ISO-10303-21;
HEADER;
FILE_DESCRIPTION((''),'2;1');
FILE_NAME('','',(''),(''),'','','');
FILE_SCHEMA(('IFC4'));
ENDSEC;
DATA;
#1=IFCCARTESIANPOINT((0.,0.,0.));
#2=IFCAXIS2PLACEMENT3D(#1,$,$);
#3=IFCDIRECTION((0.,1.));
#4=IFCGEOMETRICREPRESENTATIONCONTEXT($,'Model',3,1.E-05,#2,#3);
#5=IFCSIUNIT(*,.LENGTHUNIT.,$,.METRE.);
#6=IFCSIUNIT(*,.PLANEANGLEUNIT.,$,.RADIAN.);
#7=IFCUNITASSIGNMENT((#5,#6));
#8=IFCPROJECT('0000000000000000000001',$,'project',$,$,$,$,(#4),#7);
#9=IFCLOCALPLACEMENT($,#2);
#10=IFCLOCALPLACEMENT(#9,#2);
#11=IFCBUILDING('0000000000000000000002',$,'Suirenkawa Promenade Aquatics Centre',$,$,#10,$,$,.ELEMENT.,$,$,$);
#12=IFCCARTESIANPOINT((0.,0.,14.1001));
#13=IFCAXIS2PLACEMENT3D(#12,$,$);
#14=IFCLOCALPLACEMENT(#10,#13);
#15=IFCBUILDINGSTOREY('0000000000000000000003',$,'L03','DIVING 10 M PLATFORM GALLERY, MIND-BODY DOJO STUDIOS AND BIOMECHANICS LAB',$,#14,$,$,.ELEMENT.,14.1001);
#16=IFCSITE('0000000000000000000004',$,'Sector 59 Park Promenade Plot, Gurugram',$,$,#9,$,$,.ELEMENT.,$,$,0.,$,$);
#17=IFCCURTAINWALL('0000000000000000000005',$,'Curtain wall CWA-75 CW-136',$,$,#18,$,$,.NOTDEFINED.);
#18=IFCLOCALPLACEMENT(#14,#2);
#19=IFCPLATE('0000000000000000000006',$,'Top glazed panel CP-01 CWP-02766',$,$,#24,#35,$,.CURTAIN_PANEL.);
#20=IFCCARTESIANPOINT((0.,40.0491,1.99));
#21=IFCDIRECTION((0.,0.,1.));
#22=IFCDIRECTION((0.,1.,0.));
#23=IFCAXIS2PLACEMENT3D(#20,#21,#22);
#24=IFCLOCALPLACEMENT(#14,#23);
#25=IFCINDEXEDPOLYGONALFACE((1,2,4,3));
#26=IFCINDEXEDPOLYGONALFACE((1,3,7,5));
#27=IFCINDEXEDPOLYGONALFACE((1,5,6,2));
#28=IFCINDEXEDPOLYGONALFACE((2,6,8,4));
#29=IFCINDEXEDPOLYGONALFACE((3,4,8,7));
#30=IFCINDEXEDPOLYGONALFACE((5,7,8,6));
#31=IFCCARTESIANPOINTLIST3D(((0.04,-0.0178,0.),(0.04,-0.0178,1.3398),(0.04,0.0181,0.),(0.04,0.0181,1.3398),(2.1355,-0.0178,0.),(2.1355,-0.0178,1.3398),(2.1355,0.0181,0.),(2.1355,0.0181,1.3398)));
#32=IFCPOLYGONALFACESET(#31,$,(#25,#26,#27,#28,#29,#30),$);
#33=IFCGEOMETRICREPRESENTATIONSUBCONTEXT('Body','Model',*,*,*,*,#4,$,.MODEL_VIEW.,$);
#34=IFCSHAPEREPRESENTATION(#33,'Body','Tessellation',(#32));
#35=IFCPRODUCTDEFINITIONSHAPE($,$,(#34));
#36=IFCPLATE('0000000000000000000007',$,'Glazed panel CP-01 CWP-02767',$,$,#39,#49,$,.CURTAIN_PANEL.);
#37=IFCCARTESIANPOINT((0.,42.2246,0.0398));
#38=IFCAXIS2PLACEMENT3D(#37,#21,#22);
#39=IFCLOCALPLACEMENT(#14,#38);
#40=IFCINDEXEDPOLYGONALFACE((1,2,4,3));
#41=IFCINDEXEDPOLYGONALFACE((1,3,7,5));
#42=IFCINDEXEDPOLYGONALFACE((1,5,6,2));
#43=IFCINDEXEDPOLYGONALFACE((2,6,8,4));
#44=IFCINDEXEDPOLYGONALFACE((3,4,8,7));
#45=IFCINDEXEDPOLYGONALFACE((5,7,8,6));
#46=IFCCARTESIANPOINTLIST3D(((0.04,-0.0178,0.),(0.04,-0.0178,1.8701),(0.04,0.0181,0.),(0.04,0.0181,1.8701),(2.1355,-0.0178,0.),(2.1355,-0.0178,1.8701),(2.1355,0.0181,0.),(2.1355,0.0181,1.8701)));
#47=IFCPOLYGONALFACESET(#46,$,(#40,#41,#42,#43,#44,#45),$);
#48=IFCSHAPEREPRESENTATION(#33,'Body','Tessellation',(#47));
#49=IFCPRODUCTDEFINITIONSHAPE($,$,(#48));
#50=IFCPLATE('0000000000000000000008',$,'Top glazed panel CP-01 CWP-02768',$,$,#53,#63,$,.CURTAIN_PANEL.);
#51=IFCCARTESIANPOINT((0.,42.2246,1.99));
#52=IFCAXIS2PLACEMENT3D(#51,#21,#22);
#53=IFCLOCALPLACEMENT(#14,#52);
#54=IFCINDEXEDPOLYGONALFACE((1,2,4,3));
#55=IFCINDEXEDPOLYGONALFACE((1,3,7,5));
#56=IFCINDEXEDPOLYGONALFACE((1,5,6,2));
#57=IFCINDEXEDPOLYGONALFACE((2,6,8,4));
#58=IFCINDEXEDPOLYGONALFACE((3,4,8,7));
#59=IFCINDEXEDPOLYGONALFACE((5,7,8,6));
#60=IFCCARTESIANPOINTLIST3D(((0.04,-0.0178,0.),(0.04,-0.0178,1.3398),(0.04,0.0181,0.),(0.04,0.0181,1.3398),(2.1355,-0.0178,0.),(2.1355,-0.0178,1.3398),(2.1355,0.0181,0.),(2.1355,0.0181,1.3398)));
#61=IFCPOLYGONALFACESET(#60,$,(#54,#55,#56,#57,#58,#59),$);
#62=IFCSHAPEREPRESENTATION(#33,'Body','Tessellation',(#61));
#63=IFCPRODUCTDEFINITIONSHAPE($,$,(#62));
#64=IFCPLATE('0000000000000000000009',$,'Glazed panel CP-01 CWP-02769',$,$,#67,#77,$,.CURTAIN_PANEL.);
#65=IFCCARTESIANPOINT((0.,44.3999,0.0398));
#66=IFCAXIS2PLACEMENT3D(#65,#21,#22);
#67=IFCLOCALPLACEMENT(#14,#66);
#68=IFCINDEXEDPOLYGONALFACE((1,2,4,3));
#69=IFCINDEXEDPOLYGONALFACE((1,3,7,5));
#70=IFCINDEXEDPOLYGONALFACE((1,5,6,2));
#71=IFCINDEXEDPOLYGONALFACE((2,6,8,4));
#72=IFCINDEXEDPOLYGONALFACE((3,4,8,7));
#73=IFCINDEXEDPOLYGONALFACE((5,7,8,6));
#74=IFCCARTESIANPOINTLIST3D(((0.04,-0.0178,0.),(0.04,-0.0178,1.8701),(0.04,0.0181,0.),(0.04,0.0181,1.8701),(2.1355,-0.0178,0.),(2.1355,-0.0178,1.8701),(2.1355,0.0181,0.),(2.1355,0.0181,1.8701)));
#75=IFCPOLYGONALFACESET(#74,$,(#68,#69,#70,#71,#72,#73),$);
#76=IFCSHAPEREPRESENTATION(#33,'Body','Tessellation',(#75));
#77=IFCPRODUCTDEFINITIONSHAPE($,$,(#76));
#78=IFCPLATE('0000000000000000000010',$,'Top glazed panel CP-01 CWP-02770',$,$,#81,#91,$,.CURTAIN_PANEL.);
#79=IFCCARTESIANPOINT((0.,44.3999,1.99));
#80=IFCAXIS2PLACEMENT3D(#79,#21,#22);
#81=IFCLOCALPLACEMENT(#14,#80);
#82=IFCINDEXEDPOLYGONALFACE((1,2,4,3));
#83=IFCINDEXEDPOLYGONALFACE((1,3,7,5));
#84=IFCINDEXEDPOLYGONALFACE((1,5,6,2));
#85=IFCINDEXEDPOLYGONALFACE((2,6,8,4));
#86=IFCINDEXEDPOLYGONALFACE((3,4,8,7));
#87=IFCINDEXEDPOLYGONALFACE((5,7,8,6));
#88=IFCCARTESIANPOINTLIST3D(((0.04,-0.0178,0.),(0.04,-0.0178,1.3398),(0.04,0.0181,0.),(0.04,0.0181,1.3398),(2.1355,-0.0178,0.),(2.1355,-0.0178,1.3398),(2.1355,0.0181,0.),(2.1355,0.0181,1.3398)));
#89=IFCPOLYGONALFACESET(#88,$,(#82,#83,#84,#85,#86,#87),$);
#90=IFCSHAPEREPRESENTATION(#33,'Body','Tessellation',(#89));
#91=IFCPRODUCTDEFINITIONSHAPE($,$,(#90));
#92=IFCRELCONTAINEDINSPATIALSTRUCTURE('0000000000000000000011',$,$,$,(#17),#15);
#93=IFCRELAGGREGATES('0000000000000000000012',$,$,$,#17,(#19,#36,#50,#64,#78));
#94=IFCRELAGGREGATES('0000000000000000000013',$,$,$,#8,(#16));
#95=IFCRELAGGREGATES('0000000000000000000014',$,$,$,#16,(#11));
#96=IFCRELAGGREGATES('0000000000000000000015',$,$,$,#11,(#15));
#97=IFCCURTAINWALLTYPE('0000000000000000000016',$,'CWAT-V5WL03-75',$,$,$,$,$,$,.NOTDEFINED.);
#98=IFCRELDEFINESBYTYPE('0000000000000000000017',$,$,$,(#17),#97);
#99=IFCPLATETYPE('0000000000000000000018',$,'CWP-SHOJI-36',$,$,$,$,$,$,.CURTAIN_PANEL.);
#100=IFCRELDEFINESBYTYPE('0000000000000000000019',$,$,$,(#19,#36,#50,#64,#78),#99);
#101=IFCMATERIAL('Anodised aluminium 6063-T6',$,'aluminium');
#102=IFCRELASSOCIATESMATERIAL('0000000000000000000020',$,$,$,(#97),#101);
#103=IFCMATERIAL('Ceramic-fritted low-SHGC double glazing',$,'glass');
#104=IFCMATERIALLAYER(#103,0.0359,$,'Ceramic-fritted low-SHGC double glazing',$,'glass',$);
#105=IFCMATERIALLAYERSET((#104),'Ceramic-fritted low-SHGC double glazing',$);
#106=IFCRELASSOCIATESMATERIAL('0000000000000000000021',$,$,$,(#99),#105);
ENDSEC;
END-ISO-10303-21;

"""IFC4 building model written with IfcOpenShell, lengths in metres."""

from ifc_helpers import new_model, si_unit, direction, frame, origin, place, context, subcontext, project, spatial, polyline, outline, extrude, material, layer, layer_set, type_object, element, aggregate, save


model = new_model("IFC4")

# Units and contexts
model_context = context("Model", 3, precision=1e-05, world=origin(), true_north=direction((0.0, 1.0)))
body_context = subcontext(model_context, "Body", "Model", "MODEL_VIEW")
ifc_project = project(units=[si_unit("LENGTHUNIT", "METRE"), si_unit("PLANEANGLEUNIT", "RADIAN")], contexts=[model_context])

# Site, building, storey
site_placement = place(None, origin())
site = spatial("IfcSite", under=ifc_project, at=site_placement, Name="Sector 59 Park Promenade Plot, Gurugram", CompositionType="ELEMENT", RefElevation=0.0)
building_placement = place(site_placement, origin())
building = spatial("IfcBuilding", under=site, at=building_placement, Name="Suirenkawa Promenade Aquatics Centre", CompositionType="ELEMENT")
storey_placement = place(building_placement, frame((0.0, 0.0, 14.1001)))
storey = spatial("IfcBuildingStorey", under=building, at=storey_placement, Name="L03", Description="DIVING 10 M PLATFORM GALLERY, MIND-BODY DOJO STUDIOS AND BIOMECHANICS LAB", CompositionType="ELEMENT", Elevation=14.1001)

# Curtain wall, plates
ifc_material_1 = material(Name="Anodised aluminium 6063-T6", Category="aluminium")
curtain_wall_type = type_object("IfcCurtainWallType", Name="CWAT-V5WL03-75", PredefinedType="NOTDEFINED", material=ifc_material_1)
curtain_wall_placement = place(storey_placement, origin())
curtain_wall = element("IfcCurtainWall", 1, at=curtain_wall_placement, inside=storey, type_object=curtain_wall_type, Name="Curtain wall CWA-75 CW-136", PredefinedType="NOTDEFINED")
ifc_material_2 = material(Name="Ceramic-fritted low-SHGC double glazing", Category="glass")
ifc_layer_1 = layer(ifc_material_2, 0.0359, Name="Ceramic-fritted low-SHGC double glazing", Category="glass")
ifc_layer_set_1 = layer_set([ifc_layer_1], Name="Ceramic-fritted low-SHGC double glazing")
plate_type = type_object("IfcPlateType", Name="CWP-SHOJI-36", PredefinedType="CURTAIN_PANEL", material=ifc_layer_set_1)
plate_1_placement = place(storey_placement, frame((0.0, 40.0491, 1.99), z_axis=(0.0, 0.0, 1.0), x_axis=(0.0, 1.0, 0.0)))
plate_1 = element("IfcPlate", 2, at=plate_1_placement, type_object=plate_type, Name="Top glazed panel CP-01 CWP-02766", PredefinedType="CURTAIN_PANEL", context=body_context, shape_type="SweptSolid", body=[
    extrude(outline(polyline([(0.04, 0.0), (2.1355, 0.0), (2.1355, 1.3398), (0.04, 1.3398), (0.04, 0.0)])), frame((0.0, 0.0181, 0.0), z_axis=(0.0, -1.0, 0.0), x_axis=(1.0, 0.0, 0.0)), (0.0, 0.0, 1.0), 0.0359),
])
plate_2_placement = place(storey_placement, frame((0.0, 42.2246, 0.0398), z_axis=(0.0, 0.0, 1.0), x_axis=(0.0, 1.0, 0.0)))
plate_2 = element("IfcPlate", 3, at=plate_2_placement, type_object=plate_type, Name="Glazed panel CP-01 CWP-02767", PredefinedType="CURTAIN_PANEL", context=body_context, shape_type="SweptSolid", body=[
    extrude(outline(polyline([(0.04, 0.0), (2.1355, 0.0), (2.1355, 1.8701), (0.04, 1.8701), (0.04, 0.0)])), frame((0.0, 0.0181, 0.0), z_axis=(0.0, -1.0, 0.0), x_axis=(1.0, 0.0, 0.0)), (0.0, 0.0, 1.0), 0.0359),
])
plate_3_placement = place(storey_placement, frame((0.0, 42.2246, 1.99), z_axis=(0.0, 0.0, 1.0), x_axis=(0.0, 1.0, 0.0)))
plate_3 = element("IfcPlate", 4, at=plate_3_placement, type_object=plate_type, Name="Top glazed panel CP-01 CWP-02768", PredefinedType="CURTAIN_PANEL", context=body_context, shape_type="SweptSolid", body=[
    extrude(outline(polyline([(0.04, 0.0), (2.1355, 0.0), (2.1355, 1.3398), (0.04, 1.3398), (0.04, 0.0)])), frame((0.0, 0.0181, 0.0), z_axis=(0.0, -1.0, 0.0), x_axis=(1.0, 0.0, 0.0)), (0.0, 0.0, 1.0), 0.0359),
])
plate_4_placement = place(storey_placement, frame((0.0, 44.3999, 0.0398), z_axis=(0.0, 0.0, 1.0), x_axis=(0.0, 1.0, 0.0)))
plate_4 = element("IfcPlate", 5, at=plate_4_placement, type_object=plate_type, Name="Glazed panel CP-01 CWP-02769", PredefinedType="CURTAIN_PANEL", context=body_context, shape_type="SweptSolid", body=[
    extrude(outline(polyline([(0.04, 0.0), (2.1355, 0.0), (2.1355, 1.8701), (0.04, 1.8701), (0.04, 0.0)])), frame((0.0, 0.0181, 0.0), z_axis=(0.0, -1.0, 0.0), x_axis=(1.0, 0.0, 0.0)), (0.0, 0.0, 1.0), 0.0359),
])
plate_5_placement = place(storey_placement, frame((0.0, 44.3999, 1.99), z_axis=(0.0, 0.0, 1.0), x_axis=(0.0, 1.0, 0.0)))
plate_5 = element("IfcPlate", 6, at=plate_5_placement, type_object=plate_type, Name="Top glazed panel CP-01 CWP-02770", PredefinedType="CURTAIN_PANEL", context=body_context, shape_type="SweptSolid", body=[
    extrude(outline(polyline([(0.04, 0.0), (2.1355, 0.0), (2.1355, 1.3398), (0.04, 1.3398), (0.04, 0.0)])), frame((0.0, 0.0181, 0.0), z_axis=(0.0, -1.0, 0.0), x_axis=(1.0, 0.0, 0.0)), (0.0, 0.0, 1.0), 0.0359),
])
aggregate(curtain_wall, [plate_1, plate_2, plate_3, plate_4, plate_5])

save(model, "model.ifc")
